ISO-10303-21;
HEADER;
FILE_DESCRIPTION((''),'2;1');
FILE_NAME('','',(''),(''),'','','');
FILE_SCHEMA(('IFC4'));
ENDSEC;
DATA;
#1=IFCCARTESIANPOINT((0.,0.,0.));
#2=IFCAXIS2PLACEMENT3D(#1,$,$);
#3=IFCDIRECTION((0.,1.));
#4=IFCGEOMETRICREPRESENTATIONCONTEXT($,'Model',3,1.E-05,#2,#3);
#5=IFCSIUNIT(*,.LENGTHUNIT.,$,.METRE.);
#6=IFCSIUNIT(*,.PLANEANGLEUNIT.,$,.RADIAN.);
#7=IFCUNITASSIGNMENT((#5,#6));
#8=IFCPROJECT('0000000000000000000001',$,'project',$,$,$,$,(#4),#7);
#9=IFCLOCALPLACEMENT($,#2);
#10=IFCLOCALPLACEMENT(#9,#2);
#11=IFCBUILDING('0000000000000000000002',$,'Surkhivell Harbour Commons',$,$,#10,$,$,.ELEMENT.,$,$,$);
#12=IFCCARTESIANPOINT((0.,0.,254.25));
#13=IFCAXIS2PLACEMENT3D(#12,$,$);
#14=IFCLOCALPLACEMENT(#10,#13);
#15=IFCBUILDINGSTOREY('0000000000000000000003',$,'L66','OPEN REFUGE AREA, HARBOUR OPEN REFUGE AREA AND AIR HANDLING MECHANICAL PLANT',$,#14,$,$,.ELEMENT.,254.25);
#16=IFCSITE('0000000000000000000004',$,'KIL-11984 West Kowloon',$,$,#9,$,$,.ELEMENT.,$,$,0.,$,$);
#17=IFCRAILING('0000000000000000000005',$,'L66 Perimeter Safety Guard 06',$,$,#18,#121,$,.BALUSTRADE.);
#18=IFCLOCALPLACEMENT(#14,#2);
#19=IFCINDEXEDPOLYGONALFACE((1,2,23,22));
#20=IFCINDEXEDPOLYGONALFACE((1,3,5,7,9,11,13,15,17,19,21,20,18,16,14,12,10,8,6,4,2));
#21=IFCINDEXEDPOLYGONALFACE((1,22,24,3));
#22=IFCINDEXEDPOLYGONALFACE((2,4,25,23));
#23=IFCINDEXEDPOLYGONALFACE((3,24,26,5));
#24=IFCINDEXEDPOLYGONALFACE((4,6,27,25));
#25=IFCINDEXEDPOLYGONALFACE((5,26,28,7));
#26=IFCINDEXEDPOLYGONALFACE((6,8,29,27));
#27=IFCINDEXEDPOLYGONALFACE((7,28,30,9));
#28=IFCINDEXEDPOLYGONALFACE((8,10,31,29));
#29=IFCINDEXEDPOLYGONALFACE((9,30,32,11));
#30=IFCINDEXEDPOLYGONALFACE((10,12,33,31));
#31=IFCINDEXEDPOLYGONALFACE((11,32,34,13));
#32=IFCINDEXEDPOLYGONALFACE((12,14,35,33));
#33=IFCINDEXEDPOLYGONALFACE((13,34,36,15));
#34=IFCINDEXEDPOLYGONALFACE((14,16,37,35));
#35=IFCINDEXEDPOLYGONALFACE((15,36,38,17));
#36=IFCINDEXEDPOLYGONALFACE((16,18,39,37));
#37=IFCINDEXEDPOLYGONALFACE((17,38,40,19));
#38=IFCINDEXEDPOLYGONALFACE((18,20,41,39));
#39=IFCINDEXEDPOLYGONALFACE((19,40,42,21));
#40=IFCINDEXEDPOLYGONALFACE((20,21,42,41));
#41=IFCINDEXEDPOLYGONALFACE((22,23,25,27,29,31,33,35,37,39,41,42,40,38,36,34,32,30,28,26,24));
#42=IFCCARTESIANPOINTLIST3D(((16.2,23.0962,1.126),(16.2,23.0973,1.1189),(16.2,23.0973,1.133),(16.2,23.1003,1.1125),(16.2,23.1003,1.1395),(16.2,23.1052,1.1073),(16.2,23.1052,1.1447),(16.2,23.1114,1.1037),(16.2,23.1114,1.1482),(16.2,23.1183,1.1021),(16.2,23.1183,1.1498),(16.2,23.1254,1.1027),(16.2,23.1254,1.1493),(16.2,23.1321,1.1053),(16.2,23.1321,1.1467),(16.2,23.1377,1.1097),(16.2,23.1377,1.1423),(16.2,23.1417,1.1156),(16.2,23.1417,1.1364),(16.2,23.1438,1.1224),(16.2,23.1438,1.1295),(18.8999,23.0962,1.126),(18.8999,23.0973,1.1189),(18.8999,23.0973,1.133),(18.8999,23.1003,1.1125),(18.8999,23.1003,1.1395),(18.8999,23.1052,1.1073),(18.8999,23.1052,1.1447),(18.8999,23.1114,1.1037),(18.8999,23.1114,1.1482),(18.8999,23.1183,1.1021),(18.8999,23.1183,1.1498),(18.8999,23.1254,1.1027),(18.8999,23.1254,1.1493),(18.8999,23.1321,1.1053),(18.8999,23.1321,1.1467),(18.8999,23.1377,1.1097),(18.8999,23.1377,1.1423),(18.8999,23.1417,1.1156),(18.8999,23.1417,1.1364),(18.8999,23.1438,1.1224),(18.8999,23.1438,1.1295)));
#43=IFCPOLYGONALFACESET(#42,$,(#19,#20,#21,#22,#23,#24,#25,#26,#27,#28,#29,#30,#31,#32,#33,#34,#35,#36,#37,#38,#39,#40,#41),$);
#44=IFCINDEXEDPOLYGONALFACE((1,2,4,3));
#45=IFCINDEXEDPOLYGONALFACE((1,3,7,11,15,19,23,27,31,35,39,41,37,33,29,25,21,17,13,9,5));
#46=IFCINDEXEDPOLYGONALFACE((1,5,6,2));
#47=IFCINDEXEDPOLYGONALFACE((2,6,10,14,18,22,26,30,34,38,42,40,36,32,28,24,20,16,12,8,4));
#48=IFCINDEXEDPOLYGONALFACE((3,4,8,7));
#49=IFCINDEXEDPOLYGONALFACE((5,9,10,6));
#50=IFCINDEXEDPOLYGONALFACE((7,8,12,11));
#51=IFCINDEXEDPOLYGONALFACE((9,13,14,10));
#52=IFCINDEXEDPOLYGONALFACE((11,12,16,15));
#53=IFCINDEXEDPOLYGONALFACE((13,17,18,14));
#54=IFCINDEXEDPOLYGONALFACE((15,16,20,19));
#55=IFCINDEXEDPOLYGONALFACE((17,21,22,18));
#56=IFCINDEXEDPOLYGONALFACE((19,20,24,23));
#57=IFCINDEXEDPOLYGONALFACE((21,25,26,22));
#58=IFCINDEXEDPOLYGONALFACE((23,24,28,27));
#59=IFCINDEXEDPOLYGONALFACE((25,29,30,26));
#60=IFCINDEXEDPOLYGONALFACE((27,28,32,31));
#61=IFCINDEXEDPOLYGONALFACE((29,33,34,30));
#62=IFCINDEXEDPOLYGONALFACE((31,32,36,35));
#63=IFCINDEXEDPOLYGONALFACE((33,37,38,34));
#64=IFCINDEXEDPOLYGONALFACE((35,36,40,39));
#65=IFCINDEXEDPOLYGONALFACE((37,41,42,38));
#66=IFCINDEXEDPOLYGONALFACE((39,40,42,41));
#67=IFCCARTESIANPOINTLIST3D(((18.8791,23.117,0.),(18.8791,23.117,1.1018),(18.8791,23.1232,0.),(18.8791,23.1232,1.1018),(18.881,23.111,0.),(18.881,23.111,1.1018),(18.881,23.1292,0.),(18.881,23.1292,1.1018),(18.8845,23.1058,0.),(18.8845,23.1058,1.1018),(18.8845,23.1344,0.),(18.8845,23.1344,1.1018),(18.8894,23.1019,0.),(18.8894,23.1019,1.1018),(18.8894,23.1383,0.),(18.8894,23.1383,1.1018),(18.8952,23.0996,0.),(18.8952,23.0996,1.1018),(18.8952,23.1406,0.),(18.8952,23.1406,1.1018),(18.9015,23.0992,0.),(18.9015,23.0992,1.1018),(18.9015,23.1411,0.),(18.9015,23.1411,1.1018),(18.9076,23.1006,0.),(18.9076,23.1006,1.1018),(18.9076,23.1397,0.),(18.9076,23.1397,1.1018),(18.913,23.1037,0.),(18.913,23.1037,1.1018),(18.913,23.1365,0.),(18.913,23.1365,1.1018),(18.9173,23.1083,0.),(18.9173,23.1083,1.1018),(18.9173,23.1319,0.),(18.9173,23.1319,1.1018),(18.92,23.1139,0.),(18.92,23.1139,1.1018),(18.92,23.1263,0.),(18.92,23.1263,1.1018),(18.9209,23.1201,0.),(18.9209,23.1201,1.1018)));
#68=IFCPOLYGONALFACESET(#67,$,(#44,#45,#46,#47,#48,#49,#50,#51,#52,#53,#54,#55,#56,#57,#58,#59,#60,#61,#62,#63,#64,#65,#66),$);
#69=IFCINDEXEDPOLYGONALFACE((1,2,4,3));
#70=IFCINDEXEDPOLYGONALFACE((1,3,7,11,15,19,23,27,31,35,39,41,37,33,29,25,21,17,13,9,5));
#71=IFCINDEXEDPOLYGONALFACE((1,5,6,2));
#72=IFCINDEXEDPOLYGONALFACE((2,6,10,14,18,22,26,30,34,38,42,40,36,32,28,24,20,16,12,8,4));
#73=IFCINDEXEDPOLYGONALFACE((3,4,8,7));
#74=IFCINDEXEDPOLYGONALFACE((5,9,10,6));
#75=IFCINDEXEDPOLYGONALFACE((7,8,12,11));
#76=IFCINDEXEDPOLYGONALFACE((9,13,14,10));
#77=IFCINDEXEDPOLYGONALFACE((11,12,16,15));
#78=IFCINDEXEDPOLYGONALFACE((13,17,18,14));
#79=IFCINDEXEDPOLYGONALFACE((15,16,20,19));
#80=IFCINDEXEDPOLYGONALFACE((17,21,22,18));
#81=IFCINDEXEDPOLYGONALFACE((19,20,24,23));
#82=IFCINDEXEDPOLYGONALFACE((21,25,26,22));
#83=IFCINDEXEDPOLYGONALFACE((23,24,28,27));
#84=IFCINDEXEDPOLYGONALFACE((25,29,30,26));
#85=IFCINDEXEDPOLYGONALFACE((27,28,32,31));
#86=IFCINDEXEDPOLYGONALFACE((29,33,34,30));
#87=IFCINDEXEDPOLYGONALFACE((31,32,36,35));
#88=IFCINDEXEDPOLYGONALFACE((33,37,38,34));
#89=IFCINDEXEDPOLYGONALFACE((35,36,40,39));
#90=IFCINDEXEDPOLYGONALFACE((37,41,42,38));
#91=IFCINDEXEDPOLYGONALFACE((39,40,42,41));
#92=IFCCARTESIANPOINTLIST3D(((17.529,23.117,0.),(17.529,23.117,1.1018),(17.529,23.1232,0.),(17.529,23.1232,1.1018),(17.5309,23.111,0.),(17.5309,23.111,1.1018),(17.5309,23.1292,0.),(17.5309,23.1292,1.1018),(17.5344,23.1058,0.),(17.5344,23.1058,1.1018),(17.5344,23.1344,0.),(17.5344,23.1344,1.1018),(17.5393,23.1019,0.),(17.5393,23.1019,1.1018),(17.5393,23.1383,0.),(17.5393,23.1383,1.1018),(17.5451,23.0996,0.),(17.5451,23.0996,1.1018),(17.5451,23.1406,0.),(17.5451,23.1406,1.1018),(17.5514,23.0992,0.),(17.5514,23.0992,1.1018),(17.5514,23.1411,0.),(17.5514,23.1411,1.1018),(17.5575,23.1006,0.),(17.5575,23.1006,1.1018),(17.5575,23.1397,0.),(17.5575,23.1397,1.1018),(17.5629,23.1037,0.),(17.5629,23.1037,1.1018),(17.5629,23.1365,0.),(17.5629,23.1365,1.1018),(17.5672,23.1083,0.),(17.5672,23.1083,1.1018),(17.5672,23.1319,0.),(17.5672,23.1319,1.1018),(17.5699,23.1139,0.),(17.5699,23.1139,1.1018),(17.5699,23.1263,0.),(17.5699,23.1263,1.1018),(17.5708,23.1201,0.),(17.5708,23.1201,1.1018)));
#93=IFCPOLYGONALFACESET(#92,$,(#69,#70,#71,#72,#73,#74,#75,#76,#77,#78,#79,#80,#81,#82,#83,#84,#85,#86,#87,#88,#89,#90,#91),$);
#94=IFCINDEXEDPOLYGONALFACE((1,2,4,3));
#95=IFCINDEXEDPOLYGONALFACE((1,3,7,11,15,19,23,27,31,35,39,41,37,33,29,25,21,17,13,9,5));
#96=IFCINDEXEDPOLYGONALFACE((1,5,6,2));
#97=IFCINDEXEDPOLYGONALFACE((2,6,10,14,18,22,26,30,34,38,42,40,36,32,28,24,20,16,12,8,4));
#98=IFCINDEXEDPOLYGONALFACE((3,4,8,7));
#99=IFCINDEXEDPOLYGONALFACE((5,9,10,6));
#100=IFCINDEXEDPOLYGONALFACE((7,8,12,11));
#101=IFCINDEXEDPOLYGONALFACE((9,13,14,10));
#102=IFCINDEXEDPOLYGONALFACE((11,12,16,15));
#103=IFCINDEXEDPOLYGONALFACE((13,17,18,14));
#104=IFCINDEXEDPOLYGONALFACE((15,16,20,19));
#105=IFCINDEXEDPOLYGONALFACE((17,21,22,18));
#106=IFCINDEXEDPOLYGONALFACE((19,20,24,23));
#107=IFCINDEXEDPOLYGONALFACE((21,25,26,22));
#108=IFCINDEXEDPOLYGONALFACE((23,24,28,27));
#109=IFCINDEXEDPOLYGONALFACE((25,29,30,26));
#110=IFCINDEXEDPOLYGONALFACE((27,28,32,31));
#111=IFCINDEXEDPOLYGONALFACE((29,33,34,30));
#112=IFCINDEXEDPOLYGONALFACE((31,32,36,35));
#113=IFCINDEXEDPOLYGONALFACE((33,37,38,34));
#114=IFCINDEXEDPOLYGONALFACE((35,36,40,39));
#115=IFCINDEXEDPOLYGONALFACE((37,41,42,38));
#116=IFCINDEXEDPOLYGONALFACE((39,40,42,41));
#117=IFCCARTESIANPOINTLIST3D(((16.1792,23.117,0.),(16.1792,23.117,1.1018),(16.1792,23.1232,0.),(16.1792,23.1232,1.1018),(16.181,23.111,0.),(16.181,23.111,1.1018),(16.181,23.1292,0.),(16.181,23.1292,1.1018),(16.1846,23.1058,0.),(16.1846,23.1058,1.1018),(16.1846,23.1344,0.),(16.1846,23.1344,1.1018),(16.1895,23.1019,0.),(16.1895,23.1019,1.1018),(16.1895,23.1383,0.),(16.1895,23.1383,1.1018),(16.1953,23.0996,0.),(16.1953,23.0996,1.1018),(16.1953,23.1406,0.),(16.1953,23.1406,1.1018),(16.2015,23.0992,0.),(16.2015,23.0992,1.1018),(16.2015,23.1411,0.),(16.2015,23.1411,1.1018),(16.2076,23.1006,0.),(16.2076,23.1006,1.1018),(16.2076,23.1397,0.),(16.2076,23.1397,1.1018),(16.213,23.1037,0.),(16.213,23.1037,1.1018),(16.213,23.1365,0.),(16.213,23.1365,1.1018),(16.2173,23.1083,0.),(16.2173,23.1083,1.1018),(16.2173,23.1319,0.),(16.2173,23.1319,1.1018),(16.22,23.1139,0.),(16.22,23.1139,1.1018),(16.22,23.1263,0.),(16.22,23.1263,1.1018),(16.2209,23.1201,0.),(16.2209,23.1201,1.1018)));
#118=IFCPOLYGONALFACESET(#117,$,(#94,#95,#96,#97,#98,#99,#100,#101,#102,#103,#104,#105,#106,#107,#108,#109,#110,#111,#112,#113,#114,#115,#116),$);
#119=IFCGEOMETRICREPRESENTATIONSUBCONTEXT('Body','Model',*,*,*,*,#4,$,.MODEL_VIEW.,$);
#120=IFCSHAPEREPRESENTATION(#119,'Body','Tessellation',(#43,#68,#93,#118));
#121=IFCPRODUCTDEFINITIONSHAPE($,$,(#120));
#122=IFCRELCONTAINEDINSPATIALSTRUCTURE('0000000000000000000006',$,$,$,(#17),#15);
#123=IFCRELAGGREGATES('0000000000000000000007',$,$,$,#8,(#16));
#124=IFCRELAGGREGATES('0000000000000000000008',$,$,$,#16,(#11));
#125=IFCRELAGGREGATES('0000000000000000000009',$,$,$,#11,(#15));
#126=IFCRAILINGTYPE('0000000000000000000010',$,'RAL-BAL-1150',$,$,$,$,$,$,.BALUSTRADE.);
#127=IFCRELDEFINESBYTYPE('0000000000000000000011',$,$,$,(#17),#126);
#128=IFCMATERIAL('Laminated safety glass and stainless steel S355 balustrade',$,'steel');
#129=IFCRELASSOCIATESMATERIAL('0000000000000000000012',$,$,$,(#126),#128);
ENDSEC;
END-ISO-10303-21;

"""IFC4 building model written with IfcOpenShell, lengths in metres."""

from ifc_helpers import new_model, si_unit, direction, frame, origin, origin_2d, place, context, subcontext, project, spatial, circle, extrude, material, type_object, element, save


model = new_model("IFC4")

# Units and contexts
model_context = context("Model", 3, precision=1e-05, world=origin(), true_north=direction((0.0, 1.0)))
body_context = subcontext(model_context, "Body", "Model", "MODEL_VIEW")
ifc_project = project(units=[si_unit("LENGTHUNIT", "METRE"), si_unit("PLANEANGLEUNIT", "RADIAN")], contexts=[model_context])

# Site, building, storey
site_placement = place(None, origin())
site = spatial("IfcSite", under=ifc_project, at=site_placement, Name="KIL-11984 West Kowloon", CompositionType="ELEMENT", RefElevation=0.0)
building_placement = place(site_placement, origin())
building = spatial("IfcBuilding", under=site, at=building_placement, Name="Surkhivell Harbour Commons", CompositionType="ELEMENT")
storey_placement = place(building_placement, frame((0.0, 0.0, 254.25)))
storey = spatial("IfcBuildingStorey", under=building, at=storey_placement, Name="L66", Description="OPEN REFUGE AREA, HARBOUR OPEN REFUGE AREA AND AIR HANDLING MECHANICAL PLANT", CompositionType="ELEMENT", Elevation=254.25)

# Railing
ifc_material_1 = material(Name="Laminated safety glass and stainless steel S355 balustrade", Category="steel")
railing_type = type_object("IfcRailingType", Name="RAL-BAL-1150", PredefinedType="BALUSTRADE", material=ifc_material_1)
railing_1_placement = place(storey_placement, frame((18.8999, 23.1201, 0.0)))
element("IfcRailing", 1, at=railing_1_placement, inside=storey, type_object=railing_type, Name="L66 Perimeter Safety Guard 06", PredefinedType="BALUSTRADE", context=body_context, shape_type="SweptSolid", body=[
    extrude(circle(Radius=0.0239, at=origin_2d()), frame((0.0, 0.0, 1.126), z_axis=(-1.0, 0.0, 0.0), x_axis=(0.0, -1.0, 0.0)), (0.0, 0.0, 1.0), 2.7),
    extrude(circle(Radius=0.021, at=origin_2d()), origin(), (0.0, 0.0, 1.0), 1.1018),
    extrude(circle(Radius=0.021, at=origin_2d()), frame((-1.3501, 0.0, 0.0)), (0.0, 0.0, 1.0), 1.1018),
    extrude(circle(Radius=0.021, at=origin_2d()), frame((-2.7, 0.0, 0.0)), (0.0, 0.0, 1.0), 1.1018),
])

save(model, "model.ifc")
